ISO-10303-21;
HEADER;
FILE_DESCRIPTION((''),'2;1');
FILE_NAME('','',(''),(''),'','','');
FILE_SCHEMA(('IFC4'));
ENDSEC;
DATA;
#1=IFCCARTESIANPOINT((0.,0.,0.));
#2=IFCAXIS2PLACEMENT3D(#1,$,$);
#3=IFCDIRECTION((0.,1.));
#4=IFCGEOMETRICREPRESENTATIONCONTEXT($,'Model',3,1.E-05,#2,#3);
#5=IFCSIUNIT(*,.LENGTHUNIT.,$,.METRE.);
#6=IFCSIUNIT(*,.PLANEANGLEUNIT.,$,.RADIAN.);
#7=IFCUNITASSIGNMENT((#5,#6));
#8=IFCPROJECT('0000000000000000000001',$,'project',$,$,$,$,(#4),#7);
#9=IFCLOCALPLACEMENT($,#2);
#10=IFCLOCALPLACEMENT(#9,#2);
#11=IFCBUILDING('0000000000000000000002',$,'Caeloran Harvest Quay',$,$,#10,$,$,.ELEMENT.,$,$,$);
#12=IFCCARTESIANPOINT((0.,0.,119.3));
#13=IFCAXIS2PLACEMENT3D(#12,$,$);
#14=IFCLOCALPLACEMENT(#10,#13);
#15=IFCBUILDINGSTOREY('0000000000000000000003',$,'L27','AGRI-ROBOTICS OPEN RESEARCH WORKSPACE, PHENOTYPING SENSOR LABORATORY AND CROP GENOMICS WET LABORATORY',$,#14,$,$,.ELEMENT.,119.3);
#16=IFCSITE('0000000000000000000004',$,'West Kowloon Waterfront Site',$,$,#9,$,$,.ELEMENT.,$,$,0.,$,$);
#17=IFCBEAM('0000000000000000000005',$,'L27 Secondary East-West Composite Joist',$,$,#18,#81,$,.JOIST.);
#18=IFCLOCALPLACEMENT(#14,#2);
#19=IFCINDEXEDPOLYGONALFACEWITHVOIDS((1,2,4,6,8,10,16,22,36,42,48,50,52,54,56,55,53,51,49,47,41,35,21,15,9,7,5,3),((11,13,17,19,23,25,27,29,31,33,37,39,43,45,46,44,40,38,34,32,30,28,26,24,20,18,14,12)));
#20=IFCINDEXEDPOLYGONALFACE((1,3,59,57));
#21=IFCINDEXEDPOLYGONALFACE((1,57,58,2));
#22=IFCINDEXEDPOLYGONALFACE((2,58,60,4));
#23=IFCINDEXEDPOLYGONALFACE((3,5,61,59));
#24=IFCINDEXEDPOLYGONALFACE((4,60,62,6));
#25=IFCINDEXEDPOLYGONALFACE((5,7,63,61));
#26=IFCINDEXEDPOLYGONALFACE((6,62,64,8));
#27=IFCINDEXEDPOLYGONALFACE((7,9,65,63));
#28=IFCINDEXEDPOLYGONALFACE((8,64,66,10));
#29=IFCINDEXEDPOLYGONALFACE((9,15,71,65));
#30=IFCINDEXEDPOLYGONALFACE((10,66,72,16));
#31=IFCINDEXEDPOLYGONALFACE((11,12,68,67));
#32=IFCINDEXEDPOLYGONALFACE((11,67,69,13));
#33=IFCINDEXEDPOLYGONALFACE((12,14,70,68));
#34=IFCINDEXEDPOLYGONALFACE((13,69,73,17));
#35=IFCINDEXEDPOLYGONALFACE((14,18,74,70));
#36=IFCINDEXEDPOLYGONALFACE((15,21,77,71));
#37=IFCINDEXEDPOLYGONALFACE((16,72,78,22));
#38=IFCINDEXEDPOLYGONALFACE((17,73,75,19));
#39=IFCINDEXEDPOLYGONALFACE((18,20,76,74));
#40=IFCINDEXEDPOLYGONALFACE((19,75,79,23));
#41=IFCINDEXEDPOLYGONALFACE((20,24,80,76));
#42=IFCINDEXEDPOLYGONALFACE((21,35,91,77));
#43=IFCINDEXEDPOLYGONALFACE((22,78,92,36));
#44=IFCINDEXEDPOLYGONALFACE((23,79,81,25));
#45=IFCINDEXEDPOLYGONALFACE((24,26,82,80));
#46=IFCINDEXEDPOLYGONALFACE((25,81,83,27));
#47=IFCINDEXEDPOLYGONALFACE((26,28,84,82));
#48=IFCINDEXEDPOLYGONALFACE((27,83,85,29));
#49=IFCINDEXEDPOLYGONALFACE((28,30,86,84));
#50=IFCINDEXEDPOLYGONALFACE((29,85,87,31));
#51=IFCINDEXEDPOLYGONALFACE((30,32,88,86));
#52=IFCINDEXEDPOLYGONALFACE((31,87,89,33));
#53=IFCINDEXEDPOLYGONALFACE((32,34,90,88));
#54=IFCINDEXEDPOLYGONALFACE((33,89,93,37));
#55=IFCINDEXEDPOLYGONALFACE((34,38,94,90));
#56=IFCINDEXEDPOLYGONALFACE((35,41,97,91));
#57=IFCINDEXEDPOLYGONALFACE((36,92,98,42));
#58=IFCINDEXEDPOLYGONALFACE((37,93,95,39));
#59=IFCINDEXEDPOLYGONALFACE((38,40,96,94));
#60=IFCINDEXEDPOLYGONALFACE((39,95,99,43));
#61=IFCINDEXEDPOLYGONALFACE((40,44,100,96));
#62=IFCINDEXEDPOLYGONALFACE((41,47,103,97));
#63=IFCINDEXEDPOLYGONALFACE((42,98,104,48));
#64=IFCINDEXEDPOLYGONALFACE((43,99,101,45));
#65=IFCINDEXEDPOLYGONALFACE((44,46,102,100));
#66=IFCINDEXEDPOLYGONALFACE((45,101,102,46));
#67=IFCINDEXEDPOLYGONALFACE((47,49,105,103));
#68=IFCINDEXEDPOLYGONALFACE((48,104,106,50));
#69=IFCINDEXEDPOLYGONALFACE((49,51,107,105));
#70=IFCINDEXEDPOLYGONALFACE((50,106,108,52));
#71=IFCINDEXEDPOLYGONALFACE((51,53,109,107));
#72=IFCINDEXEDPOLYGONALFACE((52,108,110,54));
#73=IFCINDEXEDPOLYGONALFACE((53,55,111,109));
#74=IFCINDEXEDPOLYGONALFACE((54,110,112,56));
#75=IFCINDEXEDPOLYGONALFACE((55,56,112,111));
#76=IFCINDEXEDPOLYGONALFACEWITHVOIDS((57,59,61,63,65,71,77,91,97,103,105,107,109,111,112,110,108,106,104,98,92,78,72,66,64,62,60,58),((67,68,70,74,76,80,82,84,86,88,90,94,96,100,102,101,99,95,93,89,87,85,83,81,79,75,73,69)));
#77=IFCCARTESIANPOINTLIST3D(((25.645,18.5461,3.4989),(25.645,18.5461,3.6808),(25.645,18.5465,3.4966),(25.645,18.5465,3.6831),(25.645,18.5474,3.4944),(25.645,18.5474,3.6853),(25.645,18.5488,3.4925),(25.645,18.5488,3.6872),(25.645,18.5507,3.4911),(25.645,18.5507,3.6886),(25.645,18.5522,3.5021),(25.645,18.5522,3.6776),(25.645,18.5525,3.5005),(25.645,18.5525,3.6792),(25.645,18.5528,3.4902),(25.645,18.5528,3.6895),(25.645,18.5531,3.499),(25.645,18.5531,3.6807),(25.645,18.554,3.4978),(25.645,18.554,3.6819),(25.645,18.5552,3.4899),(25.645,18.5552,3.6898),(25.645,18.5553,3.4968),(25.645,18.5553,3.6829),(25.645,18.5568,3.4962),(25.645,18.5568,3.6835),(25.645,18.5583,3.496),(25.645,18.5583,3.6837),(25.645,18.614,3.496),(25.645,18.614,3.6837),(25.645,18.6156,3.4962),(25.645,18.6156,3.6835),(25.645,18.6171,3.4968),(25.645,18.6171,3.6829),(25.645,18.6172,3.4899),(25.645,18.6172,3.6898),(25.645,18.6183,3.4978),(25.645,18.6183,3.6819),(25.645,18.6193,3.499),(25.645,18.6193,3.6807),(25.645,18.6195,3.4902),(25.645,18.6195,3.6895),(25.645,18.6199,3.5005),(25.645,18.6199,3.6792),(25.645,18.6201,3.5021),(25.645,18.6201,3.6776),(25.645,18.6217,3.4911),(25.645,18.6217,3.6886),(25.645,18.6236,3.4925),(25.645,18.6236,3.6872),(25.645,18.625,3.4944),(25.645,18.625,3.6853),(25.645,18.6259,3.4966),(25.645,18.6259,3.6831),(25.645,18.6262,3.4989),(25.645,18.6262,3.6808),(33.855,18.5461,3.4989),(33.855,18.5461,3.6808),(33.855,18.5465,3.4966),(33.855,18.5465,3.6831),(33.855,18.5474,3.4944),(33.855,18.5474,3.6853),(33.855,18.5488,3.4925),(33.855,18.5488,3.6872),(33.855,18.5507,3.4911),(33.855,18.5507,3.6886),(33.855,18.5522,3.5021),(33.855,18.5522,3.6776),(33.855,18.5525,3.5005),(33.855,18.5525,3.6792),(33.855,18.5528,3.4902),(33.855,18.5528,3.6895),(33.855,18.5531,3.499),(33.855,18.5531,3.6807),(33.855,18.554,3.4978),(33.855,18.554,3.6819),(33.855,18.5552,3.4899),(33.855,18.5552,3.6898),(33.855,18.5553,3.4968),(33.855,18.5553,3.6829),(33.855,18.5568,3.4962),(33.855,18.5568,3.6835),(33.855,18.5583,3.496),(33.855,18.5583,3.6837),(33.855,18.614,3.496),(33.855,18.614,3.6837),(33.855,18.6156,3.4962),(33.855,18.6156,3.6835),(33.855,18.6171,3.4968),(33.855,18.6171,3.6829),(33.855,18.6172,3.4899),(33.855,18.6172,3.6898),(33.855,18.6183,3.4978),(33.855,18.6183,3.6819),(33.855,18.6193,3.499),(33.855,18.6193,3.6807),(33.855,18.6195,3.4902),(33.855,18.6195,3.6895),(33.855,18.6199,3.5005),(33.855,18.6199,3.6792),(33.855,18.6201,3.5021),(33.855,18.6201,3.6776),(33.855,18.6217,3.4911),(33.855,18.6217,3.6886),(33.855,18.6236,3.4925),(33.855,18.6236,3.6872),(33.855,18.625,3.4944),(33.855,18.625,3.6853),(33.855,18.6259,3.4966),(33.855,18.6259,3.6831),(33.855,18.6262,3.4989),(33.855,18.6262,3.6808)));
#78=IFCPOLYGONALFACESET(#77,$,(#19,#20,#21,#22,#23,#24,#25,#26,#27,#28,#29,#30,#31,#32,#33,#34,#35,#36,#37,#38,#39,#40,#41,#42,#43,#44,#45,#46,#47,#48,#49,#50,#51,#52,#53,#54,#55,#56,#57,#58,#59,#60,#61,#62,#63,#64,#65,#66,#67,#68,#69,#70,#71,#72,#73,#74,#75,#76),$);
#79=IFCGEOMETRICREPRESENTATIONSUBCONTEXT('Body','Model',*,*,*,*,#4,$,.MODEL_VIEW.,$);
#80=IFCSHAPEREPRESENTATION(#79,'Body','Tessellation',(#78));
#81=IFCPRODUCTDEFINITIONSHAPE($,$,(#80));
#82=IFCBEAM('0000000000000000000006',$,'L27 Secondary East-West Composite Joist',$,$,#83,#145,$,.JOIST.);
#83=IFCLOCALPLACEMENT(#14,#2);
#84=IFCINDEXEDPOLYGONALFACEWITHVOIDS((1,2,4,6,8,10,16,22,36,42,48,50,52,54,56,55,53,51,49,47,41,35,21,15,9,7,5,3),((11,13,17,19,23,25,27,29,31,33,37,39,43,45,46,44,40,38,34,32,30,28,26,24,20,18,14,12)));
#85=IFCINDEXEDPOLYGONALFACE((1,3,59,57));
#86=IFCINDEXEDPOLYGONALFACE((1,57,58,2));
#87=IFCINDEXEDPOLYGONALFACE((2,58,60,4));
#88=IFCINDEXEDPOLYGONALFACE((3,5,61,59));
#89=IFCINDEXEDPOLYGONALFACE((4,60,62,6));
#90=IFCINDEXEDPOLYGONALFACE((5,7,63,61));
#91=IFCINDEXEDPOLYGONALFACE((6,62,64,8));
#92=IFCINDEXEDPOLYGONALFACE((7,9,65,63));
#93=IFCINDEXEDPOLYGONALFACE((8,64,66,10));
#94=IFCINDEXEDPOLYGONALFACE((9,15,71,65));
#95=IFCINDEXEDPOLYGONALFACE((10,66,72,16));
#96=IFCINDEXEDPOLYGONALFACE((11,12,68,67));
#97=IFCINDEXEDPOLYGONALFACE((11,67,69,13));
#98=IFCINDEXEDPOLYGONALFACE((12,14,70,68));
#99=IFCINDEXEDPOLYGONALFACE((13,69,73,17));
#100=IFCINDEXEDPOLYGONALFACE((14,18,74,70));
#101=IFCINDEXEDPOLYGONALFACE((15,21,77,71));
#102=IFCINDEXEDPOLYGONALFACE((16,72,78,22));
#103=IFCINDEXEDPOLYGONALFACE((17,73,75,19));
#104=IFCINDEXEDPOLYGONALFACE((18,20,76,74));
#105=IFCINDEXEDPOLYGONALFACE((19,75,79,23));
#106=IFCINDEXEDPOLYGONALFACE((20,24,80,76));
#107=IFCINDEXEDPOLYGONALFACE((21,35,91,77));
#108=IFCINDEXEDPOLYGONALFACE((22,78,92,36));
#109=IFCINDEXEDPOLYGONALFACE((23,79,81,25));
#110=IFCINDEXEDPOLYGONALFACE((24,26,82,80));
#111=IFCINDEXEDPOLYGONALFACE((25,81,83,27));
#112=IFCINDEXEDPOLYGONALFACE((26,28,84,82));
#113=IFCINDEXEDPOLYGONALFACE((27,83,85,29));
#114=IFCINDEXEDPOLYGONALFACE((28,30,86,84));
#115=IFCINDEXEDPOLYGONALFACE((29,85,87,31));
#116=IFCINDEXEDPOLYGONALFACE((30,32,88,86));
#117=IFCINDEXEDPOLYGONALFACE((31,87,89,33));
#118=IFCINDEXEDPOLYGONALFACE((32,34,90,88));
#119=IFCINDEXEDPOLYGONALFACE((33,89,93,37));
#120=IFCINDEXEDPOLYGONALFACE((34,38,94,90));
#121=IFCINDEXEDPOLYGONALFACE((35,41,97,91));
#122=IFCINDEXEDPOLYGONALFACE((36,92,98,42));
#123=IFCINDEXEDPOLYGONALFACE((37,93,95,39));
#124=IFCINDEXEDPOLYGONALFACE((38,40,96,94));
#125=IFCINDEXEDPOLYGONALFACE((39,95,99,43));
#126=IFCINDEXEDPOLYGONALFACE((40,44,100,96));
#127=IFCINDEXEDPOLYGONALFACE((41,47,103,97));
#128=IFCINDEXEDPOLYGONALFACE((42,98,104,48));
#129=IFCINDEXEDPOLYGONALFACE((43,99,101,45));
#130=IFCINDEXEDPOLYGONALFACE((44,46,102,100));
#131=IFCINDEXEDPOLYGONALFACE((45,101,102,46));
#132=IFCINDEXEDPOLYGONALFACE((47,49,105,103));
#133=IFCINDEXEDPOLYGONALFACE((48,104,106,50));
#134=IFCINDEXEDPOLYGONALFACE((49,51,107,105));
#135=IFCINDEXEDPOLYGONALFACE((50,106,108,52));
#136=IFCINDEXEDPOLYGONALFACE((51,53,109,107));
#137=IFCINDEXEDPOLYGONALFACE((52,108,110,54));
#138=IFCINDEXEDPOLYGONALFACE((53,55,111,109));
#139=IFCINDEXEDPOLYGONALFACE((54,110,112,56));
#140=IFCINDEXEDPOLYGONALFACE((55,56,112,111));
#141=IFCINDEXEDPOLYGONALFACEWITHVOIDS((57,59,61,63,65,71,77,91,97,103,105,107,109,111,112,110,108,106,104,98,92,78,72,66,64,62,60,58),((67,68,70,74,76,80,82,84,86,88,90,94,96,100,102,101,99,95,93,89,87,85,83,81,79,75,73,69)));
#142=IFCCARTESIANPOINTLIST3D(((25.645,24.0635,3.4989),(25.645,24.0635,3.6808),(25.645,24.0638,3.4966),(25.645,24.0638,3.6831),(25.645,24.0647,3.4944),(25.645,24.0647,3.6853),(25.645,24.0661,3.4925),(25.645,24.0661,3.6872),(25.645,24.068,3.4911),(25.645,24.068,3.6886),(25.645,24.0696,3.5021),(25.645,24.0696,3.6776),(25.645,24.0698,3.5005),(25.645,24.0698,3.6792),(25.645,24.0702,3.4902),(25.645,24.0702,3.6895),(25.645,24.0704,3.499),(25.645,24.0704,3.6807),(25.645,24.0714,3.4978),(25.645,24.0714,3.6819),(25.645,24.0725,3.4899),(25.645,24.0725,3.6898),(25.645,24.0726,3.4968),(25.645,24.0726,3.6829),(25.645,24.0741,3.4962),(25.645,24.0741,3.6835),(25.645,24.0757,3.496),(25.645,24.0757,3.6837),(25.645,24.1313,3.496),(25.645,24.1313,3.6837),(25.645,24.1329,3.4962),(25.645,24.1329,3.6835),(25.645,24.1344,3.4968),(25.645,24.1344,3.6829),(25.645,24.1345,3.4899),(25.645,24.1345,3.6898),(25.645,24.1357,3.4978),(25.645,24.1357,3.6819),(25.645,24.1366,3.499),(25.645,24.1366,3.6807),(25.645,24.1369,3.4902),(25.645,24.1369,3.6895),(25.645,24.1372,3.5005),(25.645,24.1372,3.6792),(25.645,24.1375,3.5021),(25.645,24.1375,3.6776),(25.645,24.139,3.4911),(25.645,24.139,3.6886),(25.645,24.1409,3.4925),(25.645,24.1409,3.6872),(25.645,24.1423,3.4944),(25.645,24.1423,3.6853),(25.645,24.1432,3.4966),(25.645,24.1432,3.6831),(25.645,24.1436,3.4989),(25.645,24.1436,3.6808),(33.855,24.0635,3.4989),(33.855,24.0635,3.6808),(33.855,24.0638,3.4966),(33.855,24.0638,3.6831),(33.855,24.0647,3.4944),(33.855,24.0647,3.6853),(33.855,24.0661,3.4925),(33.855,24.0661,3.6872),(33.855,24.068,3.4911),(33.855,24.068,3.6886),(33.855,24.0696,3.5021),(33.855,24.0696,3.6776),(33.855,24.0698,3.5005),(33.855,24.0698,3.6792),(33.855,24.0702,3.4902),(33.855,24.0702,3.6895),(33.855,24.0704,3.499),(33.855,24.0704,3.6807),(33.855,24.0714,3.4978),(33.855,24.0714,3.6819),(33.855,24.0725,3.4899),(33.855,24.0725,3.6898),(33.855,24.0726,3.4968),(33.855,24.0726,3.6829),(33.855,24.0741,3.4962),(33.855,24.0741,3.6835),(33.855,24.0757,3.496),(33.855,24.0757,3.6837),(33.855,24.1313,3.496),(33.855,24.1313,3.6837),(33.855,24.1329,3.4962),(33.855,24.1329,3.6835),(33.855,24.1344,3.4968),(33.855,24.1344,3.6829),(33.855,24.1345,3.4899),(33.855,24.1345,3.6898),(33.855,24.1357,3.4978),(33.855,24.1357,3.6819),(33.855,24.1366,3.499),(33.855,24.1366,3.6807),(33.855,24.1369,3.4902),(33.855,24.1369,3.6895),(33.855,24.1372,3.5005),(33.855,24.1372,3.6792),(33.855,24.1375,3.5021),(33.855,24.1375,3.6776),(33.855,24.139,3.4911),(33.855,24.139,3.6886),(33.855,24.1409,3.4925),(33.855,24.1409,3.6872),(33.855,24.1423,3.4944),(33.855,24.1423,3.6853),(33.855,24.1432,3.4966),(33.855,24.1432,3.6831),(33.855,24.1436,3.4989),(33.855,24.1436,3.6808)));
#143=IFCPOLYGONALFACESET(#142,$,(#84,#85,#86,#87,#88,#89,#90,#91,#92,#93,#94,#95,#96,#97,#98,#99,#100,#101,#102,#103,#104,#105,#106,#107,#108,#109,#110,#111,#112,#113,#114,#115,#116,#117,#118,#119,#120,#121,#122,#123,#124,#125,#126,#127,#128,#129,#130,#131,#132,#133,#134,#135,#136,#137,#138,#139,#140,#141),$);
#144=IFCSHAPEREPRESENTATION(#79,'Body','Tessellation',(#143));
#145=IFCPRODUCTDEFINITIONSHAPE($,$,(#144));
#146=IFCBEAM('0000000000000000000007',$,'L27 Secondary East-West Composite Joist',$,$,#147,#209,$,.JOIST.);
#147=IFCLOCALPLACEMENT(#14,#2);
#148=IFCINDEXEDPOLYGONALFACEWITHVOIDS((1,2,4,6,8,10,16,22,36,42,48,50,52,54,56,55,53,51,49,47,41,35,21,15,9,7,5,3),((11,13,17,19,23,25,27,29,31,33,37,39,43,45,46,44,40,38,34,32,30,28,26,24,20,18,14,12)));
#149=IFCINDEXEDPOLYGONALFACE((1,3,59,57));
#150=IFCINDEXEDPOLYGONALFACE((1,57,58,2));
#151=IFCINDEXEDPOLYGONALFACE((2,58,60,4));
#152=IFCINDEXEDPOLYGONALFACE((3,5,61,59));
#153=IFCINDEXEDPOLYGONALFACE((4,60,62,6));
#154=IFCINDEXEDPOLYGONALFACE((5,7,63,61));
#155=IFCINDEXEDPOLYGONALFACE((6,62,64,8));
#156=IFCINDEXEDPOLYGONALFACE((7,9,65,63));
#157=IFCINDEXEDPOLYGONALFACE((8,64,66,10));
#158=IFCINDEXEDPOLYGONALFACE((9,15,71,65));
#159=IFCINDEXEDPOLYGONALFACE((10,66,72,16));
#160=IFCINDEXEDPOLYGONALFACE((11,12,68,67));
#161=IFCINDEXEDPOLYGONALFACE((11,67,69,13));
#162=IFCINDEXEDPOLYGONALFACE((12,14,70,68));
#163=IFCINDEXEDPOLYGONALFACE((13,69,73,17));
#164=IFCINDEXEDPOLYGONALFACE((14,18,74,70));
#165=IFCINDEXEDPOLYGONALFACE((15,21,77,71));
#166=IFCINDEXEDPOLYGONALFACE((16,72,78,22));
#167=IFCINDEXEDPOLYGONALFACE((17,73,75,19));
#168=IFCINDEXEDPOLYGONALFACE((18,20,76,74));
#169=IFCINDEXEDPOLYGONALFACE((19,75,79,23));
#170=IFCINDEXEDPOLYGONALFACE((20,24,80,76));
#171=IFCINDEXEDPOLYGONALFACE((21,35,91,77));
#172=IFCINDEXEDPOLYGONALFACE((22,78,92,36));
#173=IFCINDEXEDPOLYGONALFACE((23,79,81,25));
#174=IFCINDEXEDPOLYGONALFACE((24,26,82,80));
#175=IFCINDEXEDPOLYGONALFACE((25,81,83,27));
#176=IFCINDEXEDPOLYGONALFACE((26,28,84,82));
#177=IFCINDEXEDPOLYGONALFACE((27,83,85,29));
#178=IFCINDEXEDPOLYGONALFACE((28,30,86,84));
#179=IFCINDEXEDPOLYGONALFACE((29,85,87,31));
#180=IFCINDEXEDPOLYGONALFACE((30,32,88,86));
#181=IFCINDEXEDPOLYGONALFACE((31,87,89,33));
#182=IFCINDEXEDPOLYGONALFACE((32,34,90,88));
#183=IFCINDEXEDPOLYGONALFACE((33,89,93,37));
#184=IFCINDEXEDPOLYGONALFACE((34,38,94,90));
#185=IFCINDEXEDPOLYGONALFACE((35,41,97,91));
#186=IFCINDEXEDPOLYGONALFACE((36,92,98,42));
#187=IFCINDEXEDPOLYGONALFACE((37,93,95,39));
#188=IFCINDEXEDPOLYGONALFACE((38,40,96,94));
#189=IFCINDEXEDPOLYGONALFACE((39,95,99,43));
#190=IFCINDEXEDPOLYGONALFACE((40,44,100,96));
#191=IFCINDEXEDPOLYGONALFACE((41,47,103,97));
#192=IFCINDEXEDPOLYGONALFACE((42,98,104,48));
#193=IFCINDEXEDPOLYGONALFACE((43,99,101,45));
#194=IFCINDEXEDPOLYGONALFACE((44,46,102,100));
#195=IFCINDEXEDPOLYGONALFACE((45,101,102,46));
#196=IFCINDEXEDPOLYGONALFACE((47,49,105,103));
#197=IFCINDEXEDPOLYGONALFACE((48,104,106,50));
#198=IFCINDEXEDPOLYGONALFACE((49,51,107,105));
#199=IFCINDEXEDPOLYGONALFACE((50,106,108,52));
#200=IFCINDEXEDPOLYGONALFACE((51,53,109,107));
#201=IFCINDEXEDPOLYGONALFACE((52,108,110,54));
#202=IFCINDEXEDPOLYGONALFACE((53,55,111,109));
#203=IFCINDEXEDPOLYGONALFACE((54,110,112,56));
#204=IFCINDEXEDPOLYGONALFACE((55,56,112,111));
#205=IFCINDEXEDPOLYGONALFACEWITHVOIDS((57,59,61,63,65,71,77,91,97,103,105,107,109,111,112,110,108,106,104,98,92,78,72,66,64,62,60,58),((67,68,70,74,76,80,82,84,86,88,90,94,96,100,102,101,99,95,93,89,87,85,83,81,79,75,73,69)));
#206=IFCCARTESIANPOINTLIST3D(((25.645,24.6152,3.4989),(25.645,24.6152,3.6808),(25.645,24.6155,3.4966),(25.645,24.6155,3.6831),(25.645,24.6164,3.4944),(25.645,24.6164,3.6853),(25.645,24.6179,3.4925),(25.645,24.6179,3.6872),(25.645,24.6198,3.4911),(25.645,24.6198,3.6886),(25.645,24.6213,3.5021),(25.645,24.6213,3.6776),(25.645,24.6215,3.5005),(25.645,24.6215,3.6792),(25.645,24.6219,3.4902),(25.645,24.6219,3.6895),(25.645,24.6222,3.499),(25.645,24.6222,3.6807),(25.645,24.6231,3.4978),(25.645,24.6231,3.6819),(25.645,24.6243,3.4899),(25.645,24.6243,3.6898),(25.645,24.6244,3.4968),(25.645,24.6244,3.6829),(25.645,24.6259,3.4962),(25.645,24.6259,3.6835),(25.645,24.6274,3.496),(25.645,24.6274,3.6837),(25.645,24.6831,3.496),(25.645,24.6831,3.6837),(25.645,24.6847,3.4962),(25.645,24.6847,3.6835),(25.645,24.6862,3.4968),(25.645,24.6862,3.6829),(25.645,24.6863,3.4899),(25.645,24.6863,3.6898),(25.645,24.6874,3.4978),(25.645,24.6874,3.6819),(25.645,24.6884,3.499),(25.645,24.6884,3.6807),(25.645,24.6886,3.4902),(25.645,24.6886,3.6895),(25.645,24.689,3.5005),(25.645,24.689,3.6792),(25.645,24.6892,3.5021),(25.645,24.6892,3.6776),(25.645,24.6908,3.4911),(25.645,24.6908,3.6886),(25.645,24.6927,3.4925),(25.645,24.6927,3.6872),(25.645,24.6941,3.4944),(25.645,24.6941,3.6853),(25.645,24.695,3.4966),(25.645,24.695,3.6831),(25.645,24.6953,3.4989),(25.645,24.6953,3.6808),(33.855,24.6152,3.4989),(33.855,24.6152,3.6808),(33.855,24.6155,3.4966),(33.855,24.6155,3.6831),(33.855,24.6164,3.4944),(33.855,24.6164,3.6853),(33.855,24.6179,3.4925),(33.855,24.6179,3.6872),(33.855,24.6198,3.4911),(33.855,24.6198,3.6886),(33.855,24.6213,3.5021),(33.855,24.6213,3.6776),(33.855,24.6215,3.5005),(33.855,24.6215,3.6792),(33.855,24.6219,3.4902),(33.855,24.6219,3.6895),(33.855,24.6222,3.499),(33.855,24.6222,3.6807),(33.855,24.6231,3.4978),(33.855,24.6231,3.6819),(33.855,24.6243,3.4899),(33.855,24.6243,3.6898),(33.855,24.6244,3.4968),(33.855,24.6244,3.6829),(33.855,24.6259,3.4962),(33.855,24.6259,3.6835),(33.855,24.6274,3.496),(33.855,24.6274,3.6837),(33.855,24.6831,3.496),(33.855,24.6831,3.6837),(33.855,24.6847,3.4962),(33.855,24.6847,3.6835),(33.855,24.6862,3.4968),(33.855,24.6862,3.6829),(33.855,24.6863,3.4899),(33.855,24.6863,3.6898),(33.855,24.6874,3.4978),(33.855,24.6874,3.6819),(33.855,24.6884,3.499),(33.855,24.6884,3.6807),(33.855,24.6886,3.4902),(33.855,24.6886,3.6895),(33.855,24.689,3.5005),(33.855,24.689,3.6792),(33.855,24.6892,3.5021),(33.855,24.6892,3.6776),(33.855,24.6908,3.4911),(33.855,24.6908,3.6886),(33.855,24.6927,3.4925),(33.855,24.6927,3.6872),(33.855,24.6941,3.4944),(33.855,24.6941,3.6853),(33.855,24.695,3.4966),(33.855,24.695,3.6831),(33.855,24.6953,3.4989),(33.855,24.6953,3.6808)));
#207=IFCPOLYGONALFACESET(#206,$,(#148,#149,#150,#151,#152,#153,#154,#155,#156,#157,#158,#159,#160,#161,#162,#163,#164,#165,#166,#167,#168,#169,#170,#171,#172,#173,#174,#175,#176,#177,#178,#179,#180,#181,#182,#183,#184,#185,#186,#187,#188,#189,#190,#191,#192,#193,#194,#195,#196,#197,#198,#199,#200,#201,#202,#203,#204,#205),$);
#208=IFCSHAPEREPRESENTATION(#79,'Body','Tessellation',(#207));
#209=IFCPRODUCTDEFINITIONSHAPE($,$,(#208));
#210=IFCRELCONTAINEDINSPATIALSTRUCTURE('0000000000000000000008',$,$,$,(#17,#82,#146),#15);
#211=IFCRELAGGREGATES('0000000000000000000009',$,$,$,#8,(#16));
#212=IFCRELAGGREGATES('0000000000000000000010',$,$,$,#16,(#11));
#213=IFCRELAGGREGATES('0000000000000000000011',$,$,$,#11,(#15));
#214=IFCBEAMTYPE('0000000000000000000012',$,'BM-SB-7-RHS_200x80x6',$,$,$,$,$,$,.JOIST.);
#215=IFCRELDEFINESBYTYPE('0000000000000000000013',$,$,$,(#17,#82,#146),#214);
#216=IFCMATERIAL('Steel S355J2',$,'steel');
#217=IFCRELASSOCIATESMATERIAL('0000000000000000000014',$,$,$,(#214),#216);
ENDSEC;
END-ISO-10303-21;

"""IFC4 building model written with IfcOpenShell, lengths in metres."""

from ifc_helpers import new_model, si_unit, direction, frame, origin, origin_2d, place, context, subcontext, project, spatial, hollow_rectangle, extrude, material, material_profile, profile_set, type_object, element, save


model = new_model("IFC4")

# Units and contexts
model_context = context("Model", 3, precision=1e-05, world=origin(), true_north=direction((0.0, 1.0)))
body_context = subcontext(model_context, "Body", "Model", "MODEL_VIEW")
ifc_project = project(units=[si_unit("LENGTHUNIT", "METRE"), si_unit("PLANEANGLEUNIT", "RADIAN")], contexts=[model_context])

# Site, building, storey
site_placement = place(None, origin())
site = spatial("IfcSite", under=ifc_project, at=site_placement, Name="West Kowloon Waterfront Site", CompositionType="ELEMENT", RefElevation=0.0)
building_placement = place(site_placement, origin())
building = spatial("IfcBuilding", under=site, at=building_placement, Name="Caeloran Harvest Quay", CompositionType="ELEMENT")
storey_placement = place(building_placement, frame((0.0, 0.0, 119.3)))
storey = spatial("IfcBuildingStorey", under=building, at=storey_placement, Name="L27", Description="AGRI-ROBOTICS OPEN RESEARCH WORKSPACE, PHENOTYPING SENSOR LABORATORY AND CROP GENOMICS WET LABORATORY", CompositionType="ELEMENT", Elevation=119.3)

# Beams
ifc_material_1 = material(Name="Steel S355J2", Category="steel")
ifc_material_profile_1 = material_profile(ifc_material_1, hollow_rectangle(XDim=0.0801, YDim=0.2, WallThickness=0.0061, InnerFilletRadius=0.0061, OuterFilletRadius=0.009, at=origin_2d()), Name="RHS 200x80x6")
ifc_profile_set_1 = profile_set([ifc_material_profile_1], Name="Steel S355J2")
beam_type_1 = type_object("IfcBeamType", Name="BM-SB-7-RHS_200x80x6", PredefinedType="JOIST", material=ifc_profile_set_1)
for number, where, z_axis, x_axis, name in (
    (1, (25.645, 18.5862, 3.5898), (1.0, 0.0, 0.0), (0.0, 1.0, 0.0), "L27 Secondary East-West Composite Joist"),
    (2, (25.645, 24.1035, 3.5898), (1.0, 0.0, 0.0), (0.0, 1.0, 0.0), "L27 Secondary East-West Composite Joist"),
    (3, (25.645, 24.6553, 3.5898), (1.0, 0.0, 0.0), (0.0, 1.0, 0.0), "L27 Secondary East-West Composite Joist"),
):
    element("IfcBeam", number, at=place(storey_placement, frame(where, z_axis=z_axis, x_axis=x_axis)), inside=storey, type_object=beam_type_1, Name=name, PredefinedType="JOIST", context=body_context, shape_type="SweptSolid", body=[
        extrude(hollow_rectangle(XDim=0.0801, YDim=0.2, WallThickness=0.0061, InnerFilletRadius=0.0061, OuterFilletRadius=0.009, at=origin_2d()), origin(), (0.0, 0.0, 1.0), 8.21),
    ])

save(model, "model.ifc")
